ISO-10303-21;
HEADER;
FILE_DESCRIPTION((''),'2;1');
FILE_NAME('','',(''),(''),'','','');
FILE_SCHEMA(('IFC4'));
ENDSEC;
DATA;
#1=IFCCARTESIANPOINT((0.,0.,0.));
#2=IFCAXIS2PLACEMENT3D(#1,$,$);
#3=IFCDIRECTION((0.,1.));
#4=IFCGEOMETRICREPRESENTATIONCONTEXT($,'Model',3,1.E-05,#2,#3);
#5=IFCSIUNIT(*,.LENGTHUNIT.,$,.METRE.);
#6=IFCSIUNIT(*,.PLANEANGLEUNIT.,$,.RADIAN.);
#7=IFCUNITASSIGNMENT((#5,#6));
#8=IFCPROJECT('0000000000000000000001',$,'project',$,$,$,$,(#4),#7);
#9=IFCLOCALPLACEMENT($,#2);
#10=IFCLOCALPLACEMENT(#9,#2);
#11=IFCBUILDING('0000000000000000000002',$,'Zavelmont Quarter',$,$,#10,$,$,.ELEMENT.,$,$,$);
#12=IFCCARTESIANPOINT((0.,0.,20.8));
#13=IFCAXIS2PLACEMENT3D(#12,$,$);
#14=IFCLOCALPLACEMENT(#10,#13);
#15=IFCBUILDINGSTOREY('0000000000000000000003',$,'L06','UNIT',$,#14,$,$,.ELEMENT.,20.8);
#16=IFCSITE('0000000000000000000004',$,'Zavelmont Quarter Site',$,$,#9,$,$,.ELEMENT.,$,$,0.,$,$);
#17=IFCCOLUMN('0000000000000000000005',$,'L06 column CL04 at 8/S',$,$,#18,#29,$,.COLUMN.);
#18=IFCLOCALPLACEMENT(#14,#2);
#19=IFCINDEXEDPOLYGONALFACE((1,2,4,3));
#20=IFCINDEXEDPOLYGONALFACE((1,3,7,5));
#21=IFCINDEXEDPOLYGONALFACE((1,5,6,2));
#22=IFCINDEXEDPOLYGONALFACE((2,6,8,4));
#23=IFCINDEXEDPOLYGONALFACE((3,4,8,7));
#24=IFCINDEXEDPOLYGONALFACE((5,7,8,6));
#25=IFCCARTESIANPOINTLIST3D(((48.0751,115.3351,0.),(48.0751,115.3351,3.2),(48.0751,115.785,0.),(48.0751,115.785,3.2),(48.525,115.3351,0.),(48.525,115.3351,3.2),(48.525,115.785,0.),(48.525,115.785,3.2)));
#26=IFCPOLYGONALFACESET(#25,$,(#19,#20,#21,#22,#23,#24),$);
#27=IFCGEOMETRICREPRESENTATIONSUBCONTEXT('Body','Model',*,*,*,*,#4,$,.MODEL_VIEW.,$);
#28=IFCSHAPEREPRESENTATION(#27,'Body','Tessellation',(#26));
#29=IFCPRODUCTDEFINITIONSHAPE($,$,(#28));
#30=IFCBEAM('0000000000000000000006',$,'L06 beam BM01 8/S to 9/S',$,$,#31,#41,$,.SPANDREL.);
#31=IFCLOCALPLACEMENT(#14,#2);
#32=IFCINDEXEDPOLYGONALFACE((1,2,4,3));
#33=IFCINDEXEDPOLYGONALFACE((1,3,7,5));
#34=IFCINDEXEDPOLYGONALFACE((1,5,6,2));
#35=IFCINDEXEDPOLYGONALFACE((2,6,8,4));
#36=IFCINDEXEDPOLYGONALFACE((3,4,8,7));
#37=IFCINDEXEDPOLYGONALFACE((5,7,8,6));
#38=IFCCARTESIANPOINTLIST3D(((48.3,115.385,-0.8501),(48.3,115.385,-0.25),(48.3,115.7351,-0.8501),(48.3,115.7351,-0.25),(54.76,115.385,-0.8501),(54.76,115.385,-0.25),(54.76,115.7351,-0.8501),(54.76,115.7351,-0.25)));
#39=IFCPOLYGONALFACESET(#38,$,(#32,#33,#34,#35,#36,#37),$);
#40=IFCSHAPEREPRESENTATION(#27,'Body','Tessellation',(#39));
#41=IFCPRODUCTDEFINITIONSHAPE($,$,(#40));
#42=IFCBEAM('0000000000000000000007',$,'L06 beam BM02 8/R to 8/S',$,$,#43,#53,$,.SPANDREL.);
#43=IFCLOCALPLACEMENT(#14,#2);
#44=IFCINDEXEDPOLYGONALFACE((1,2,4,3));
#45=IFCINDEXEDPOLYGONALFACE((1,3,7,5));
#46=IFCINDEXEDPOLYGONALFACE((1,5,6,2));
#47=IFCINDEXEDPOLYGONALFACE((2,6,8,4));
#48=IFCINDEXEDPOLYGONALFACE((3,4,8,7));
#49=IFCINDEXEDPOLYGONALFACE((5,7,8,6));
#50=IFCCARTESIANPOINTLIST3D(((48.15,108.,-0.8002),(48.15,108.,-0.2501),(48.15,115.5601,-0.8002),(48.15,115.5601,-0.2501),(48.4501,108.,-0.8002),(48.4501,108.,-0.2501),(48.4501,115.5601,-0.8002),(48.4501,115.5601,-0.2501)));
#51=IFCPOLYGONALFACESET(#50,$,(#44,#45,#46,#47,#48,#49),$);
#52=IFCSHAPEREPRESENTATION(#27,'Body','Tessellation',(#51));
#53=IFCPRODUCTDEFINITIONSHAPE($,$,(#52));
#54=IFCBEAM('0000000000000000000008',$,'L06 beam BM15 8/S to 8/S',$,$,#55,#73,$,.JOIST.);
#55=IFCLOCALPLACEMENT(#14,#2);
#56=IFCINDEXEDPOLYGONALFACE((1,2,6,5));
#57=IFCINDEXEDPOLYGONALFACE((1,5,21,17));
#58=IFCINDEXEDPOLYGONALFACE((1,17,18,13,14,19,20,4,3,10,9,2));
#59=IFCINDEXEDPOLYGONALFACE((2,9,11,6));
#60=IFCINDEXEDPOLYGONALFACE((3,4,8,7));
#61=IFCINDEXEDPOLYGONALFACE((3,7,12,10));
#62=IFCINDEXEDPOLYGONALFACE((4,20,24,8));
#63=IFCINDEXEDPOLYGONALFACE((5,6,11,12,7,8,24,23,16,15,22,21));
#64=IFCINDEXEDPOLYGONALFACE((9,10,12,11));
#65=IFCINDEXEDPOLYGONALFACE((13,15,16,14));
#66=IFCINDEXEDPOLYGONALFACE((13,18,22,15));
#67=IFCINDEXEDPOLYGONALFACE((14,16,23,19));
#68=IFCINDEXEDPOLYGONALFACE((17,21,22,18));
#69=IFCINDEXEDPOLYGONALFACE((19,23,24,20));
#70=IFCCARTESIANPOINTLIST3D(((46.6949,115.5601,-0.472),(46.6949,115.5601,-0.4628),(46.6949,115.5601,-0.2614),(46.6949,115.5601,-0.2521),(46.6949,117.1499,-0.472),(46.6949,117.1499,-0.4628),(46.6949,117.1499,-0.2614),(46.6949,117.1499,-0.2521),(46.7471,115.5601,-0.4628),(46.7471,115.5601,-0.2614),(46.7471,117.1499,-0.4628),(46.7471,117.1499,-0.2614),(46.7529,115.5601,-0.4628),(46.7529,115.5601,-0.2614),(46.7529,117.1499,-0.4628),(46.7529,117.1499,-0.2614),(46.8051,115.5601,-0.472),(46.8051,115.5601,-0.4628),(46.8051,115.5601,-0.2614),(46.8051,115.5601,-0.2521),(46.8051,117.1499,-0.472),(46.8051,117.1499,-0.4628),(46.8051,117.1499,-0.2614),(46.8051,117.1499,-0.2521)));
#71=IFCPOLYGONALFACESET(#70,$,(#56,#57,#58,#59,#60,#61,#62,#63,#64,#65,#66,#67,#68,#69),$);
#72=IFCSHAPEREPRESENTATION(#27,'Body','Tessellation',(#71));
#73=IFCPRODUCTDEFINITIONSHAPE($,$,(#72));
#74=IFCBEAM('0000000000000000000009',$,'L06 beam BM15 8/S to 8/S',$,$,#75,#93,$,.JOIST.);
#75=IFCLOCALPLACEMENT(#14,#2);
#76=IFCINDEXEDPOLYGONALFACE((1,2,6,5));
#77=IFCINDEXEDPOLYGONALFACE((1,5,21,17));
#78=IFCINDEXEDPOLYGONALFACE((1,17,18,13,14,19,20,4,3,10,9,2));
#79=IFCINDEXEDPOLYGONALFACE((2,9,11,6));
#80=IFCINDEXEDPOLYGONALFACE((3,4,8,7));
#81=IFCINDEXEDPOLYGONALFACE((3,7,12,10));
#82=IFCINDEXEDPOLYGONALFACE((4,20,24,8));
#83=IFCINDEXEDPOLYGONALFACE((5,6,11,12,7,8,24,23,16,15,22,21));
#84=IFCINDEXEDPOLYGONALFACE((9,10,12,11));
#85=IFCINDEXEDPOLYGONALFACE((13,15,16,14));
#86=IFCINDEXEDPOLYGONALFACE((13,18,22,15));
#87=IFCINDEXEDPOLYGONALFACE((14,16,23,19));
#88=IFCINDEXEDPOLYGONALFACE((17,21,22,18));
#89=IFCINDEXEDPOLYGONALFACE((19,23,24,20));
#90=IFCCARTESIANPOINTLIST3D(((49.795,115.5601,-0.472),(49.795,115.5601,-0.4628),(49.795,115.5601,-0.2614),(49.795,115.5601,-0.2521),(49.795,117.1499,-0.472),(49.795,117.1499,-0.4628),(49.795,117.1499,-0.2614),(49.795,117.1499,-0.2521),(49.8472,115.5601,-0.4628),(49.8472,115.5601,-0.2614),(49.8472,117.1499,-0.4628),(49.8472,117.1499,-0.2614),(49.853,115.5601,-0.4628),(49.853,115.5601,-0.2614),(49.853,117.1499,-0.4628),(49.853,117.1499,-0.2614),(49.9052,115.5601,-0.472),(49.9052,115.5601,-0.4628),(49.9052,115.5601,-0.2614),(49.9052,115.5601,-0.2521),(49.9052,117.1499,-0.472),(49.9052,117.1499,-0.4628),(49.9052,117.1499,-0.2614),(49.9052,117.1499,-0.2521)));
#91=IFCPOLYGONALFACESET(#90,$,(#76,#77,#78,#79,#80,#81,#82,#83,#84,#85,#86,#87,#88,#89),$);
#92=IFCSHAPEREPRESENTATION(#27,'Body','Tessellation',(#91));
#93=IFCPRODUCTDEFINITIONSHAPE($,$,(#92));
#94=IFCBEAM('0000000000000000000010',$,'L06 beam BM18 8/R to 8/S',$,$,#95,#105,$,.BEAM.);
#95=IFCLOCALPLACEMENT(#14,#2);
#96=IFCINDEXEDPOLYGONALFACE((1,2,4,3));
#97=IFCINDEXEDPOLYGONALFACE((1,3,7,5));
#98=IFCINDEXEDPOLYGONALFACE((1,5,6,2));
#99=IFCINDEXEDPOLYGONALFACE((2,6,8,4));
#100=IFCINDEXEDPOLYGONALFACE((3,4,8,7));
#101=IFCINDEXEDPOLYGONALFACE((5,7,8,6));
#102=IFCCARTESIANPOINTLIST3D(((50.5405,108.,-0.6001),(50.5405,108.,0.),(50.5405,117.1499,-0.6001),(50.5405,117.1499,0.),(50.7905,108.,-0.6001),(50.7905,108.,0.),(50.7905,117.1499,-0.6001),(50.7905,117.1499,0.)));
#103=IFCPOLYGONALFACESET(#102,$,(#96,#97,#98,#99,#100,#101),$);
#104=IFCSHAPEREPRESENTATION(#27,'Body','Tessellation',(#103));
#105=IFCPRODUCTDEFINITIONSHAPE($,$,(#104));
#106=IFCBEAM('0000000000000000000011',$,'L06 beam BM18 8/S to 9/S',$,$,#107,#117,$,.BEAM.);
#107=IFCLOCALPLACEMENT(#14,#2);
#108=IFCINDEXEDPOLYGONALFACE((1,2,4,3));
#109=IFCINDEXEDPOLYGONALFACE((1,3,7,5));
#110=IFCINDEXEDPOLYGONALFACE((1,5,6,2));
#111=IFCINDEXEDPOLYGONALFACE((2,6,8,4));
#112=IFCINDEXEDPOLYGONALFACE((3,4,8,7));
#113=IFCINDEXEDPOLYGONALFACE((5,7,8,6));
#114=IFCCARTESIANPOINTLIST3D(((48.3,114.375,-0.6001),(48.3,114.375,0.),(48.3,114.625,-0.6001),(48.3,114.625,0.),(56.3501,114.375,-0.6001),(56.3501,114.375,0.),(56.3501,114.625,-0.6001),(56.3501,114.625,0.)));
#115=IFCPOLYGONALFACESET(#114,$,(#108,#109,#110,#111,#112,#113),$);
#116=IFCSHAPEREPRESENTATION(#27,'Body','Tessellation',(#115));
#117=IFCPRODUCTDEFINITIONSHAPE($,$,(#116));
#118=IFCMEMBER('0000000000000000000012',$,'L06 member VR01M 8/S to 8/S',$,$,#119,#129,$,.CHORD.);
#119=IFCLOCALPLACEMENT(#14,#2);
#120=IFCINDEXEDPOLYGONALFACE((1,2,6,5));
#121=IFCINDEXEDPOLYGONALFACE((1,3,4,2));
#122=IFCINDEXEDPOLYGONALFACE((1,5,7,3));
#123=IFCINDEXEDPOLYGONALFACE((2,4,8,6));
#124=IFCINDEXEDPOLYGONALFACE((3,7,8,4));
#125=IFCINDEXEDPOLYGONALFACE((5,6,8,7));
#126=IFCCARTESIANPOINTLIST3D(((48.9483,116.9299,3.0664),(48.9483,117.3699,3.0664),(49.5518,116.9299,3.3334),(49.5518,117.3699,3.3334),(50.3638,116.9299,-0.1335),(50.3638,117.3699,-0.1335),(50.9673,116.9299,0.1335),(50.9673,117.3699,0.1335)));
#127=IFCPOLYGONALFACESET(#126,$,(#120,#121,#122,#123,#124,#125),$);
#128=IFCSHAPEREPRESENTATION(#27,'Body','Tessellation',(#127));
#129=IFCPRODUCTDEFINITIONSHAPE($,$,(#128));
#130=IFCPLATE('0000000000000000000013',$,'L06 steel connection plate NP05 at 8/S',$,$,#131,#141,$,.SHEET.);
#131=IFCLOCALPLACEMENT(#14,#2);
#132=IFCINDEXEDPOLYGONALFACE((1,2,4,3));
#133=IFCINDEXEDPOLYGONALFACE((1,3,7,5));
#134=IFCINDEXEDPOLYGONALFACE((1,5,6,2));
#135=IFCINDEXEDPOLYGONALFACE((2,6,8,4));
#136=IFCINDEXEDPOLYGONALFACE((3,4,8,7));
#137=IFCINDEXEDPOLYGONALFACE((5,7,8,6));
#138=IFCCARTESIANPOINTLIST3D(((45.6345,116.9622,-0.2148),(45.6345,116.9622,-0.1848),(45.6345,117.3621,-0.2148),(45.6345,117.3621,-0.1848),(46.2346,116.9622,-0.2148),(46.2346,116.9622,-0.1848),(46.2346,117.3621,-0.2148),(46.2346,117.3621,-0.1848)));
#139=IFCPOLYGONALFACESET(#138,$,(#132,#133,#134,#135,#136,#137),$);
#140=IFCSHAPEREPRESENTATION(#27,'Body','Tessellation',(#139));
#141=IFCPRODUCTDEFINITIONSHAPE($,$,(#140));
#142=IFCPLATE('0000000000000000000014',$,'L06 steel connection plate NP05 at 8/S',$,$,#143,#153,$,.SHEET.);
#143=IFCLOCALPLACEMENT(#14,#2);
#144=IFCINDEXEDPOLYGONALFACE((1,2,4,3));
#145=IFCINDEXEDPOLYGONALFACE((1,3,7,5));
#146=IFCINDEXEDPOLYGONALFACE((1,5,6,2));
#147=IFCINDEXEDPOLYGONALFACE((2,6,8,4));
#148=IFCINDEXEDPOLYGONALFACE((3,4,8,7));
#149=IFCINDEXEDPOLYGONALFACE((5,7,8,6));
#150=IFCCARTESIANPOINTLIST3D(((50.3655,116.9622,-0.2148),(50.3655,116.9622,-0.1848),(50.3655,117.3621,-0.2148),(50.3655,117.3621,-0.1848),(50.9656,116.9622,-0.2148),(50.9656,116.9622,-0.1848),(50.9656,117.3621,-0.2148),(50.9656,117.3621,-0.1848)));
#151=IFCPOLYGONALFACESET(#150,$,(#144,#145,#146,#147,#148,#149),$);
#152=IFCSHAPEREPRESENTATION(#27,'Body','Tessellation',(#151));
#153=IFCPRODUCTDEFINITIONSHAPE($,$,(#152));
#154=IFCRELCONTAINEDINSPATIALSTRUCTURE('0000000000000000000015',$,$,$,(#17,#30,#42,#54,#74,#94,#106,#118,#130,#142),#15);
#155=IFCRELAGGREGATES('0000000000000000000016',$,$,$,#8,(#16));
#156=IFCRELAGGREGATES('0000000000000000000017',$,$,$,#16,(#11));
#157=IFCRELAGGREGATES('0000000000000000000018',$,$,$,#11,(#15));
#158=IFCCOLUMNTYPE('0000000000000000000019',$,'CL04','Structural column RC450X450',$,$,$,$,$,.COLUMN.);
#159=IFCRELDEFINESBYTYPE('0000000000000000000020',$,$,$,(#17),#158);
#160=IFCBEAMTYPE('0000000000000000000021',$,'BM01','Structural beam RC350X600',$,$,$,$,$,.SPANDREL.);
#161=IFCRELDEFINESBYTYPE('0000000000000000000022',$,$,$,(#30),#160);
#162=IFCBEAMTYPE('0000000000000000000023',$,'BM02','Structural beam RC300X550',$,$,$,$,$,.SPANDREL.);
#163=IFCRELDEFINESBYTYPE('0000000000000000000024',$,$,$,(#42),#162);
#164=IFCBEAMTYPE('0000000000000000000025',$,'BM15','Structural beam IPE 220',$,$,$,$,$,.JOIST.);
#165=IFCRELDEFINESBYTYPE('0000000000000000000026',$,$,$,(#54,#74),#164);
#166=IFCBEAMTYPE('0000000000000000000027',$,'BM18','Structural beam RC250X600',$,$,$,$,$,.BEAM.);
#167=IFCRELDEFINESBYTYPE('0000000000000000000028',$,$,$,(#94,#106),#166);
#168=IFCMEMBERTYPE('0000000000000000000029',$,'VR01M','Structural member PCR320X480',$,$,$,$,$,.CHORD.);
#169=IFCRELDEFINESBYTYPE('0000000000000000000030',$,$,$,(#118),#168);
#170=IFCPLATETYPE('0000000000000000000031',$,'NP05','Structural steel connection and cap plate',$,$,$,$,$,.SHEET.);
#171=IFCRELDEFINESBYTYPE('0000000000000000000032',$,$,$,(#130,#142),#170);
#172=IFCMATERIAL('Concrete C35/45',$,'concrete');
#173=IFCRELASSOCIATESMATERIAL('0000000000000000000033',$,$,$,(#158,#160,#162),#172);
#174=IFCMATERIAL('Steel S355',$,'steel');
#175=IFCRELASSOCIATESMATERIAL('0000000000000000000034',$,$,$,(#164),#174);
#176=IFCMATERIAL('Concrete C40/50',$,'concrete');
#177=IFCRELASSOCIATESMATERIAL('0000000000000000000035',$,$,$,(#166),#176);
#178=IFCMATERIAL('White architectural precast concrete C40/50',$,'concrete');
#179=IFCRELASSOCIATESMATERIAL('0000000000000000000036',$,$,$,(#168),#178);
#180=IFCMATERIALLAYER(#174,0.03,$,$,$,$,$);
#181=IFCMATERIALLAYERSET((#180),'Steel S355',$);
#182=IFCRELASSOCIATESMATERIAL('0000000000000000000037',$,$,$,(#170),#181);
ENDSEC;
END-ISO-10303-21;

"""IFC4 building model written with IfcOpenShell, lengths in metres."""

from ifc_helpers import new_model, si_unit, direction, frame, origin, origin_2d, place, context, subcontext, project, spatial, rectangle, i_section, extrude, material, layer, layer_set, material_profile, profile_set, type_object, element, save


model = new_model("IFC4")

# Units and contexts
model_context = context("Model", 3, precision=1e-05, world=origin(), true_north=direction((0.0, 1.0)))
body_context = subcontext(model_context, "Body", "Model", "MODEL_VIEW")
ifc_project = project(units=[si_unit("LENGTHUNIT", "METRE"), si_unit("PLANEANGLEUNIT", "RADIAN")], contexts=[model_context])

# Site, building, storey
site_placement = place(None, origin())
site = spatial("IfcSite", under=ifc_project, at=site_placement, Name="Zavelmont Quarter Site", CompositionType="ELEMENT", RefElevation=0.0)
building_placement = place(site_placement, origin())
building = spatial("IfcBuilding", under=site, at=building_placement, Name="Zavelmont Quarter", CompositionType="ELEMENT")
storey_placement = place(building_placement, frame((0.0, 0.0, 20.8)))
storey = spatial("IfcBuildingStorey", under=building, at=storey_placement, Name="L06", Description="UNIT", CompositionType="ELEMENT", Elevation=20.8)

# Column
ifc_material_1 = material(Name="Concrete C35/45", Category="concrete")
ifc_material_profile_1 = material_profile(ifc_material_1, rectangle(XDim=0.45, YDim=0.45, at=origin_2d()), Name="RC450X450")
ifc_profile_set_1 = profile_set([ifc_material_profile_1], Name="Concrete C35/45")
column_type = type_object("IfcColumnType", Name="CL04", Description="Structural column RC450X450", PredefinedType="COLUMN", material=ifc_profile_set_1)
column_placement = place(storey_placement, frame((48.3, 115.5601, 0.0), z_axis=(0.0, 0.0, 1.0), x_axis=(1.0, 0.0, 0.0)))
element("IfcColumn", 1, at=column_placement, inside=storey, type_object=column_type, Name="L06 column CL04 at 8/S", PredefinedType="COLUMN", context=body_context, shape_type="SweptSolid", body=[
    extrude(rectangle(XDim=0.45, YDim=0.45, at=origin_2d()), origin(), (0.0, 0.0, 1.0), 3.2),
])

# Beams
ifc_material_profile_2 = material_profile(ifc_material_1, rectangle(XDim=0.3501, YDim=0.6001, at=origin_2d()), Name="RC350X600")
ifc_profile_set_2 = profile_set([ifc_material_profile_2], Name="Concrete C35/45")
beam_type_1 = type_object("IfcBeamType", Name="BM01", Description="Structural beam RC350X600", PredefinedType="SPANDREL", material=ifc_profile_set_2)
beam_1_placement = place(storey_placement, frame((48.3, 115.5601, -0.55), z_axis=(1.0, 0.0, 0.0), x_axis=(0.0, 1.0, 0.0)))
element("IfcBeam", 2, at=beam_1_placement, inside=storey, type_object=beam_type_1, Name="L06 beam BM01 8/S to 9/S", PredefinedType="SPANDREL", context=body_context, shape_type="SweptSolid", body=[
    extrude(rectangle(XDim=0.3501, YDim=0.6001, at=origin_2d()), origin(), (0.0, 0.0, 1.0), 6.46),
])
ifc_material_profile_3 = material_profile(ifc_material_1, rectangle(XDim=0.3, YDim=0.55, at=origin_2d()), Name="RC300X550")
ifc_profile_set_3 = profile_set([ifc_material_profile_3], Name="Concrete C35/45")
beam_type_2 = type_object("IfcBeamType", Name="BM02", Description="Structural beam RC300X550", PredefinedType="SPANDREL", material=ifc_profile_set_3)
beam_2_placement = place(storey_placement, frame((48.3, 108.0, -0.5251), z_axis=(0.0, 1.0, 0.0), x_axis=(-1.0, 0.0, 0.0)))
element("IfcBeam", 3, at=beam_2_placement, inside=storey, type_object=beam_type_2, Name="L06 beam BM02 8/R to 8/S", PredefinedType="SPANDREL", context=body_context, shape_type="SweptSolid", body=[
    extrude(rectangle(XDim=0.3, YDim=0.55, at=origin_2d()), origin(), (0.0, 0.0, 1.0), 7.5601),
])
ifc_material_2 = material(Name="Steel S355", Category="steel")
ifc_material_profile_4 = material_profile(ifc_material_2, i_section(OverallWidth=0.1101, OverallDepth=0.22, WebThickness=0.0059, FlangeThickness=0.0093, at=origin_2d()), Name="IPE 220")
ifc_profile_set_4 = profile_set([ifc_material_profile_4], Name="Steel S355")
beam_type_3 = type_object("IfcBeamType", Name="BM15", Description="Structural beam IPE 220", PredefinedType="JOIST", material=ifc_profile_set_4)
for number, where, z_axis, x_axis, name in (
    (4, (46.75, 115.5601, -0.3621), (0.0, 1.0, 0.0), (-1.0, 0.0, 0.0), "L06 beam BM15 8/S to 8/S"),
    (5, (49.8501, 115.5601, -0.3621), (0.0, 1.0, 0.0), (-1.0, 0.0, 0.0), "L06 beam BM15 8/S to 8/S"),
):
    element("IfcBeam", number, at=place(storey_placement, frame(where, z_axis=z_axis, x_axis=x_axis)), inside=storey, type_object=beam_type_3, Name=name, PredefinedType="JOIST", context=body_context, shape_type="SweptSolid", body=[
        extrude(i_section(OverallWidth=0.1101, OverallDepth=0.22, WebThickness=0.0059, FlangeThickness=0.0093, at=origin_2d()), origin(), (0.0, 0.0, 1.0), 1.5898),
    ])
ifc_material_3 = material(Name="Concrete C40/50", Category="concrete")
ifc_material_profile_5 = material_profile(ifc_material_3, rectangle(XDim=0.25, YDim=0.6001, at=origin_2d()), Name="RC250X600")
ifc_profile_set_5 = profile_set([ifc_material_profile_5], Name="Concrete C40/50")
beam_type_4 = type_object("IfcBeamType", Name="BM18", Description="Structural beam RC250X600", PredefinedType="BEAM", material=ifc_profile_set_5)
beam_3_placement = place(storey_placement, frame((50.6655, 108.0, -0.3), z_axis=(0.0, 1.0, 0.0), x_axis=(-1.0, 0.0, 0.0)))
element("IfcBeam", 6, at=beam_3_placement, inside=storey, type_object=beam_type_4, Name="L06 beam BM18 8/R to 8/S", PredefinedType="BEAM", context=body_context, shape_type="SweptSolid", body=[
    extrude(rectangle(XDim=0.25, YDim=0.6001, at=origin_2d()), origin(), (0.0, 0.0, 1.0), 9.1499),
])
beam_4_placement = place(storey_placement, frame((48.3, 114.5, -0.3), z_axis=(1.0, 0.0, 0.0), x_axis=(0.0, 1.0, 0.0)))
element("IfcBeam", 7, at=beam_4_placement, inside=storey, type_object=beam_type_4, Name="L06 beam BM18 8/S to 9/S", PredefinedType="BEAM", context=body_context, shape_type="SweptSolid", body=[
    extrude(rectangle(XDim=0.25, YDim=0.6001, at=origin_2d()), origin(), (0.0, 0.0, 1.0), 8.05),
])

# Member
ifc_material_4 = material(Name="White architectural precast concrete C40/50", Category="concrete")
ifc_material_profile_6 = material_profile(ifc_material_4, rectangle(XDim=0.4399, YDim=0.6599, at=origin_2d()), Name="PCR320X480")
ifc_profile_set_6 = profile_set([ifc_material_profile_6], Name="White architectural precast concrete C40/50")
member_type = type_object("IfcMemberType", Name="VR01M", Description="Structural member PCR320X480", PredefinedType="CHORD", material=ifc_profile_set_6)
member_placement = place(storey_placement, frame((50.6655, 117.1499, 0.0), z_axis=(-0.404545, 0.0, 0.914518), x_axis=(0.0, -1.0, 0.0)))
element("IfcMember", 8, at=member_placement, inside=storey, type_object=member_type, Name="L06 member VR01M 8/S to 8/S", PredefinedType="CHORD", context=body_context, shape_type="SweptSolid", body=[
    extrude(rectangle(XDim=0.4399, YDim=0.6599, at=origin_2d()), origin(), (0.0, 0.0, 1.0), 3.499),
])

# Plates
ifc_layer_1 = layer(ifc_material_2, 0.03)
ifc_layer_set_1 = layer_set([ifc_layer_1], Name="Steel S355")
plate_type = type_object("IfcPlateType", Name="NP05", Description="Structural steel connection and cap plate", PredefinedType="SHEET", material=ifc_layer_set_1)
for number, where, z_axis, x_axis, name in (
    (9, (45.9346, 117.1621, -0.2148), (0.0, 0.0, 1.0), (1.0, 0.0, 0.0), "L06 steel connection plate NP05 at 8/S"),
    (10, (50.6655, 117.1621, -0.2148), (0.0, 0.0, 1.0), (1.0, 0.0, 0.0), "L06 steel connection plate NP05 at 8/S"),
):
    element("IfcPlate", number, at=place(storey_placement, frame(where, z_axis=z_axis, x_axis=x_axis)), inside=storey, type_object=plate_type, Name=name, PredefinedType="SHEET", context=body_context, shape_type="SweptSolid", body=[
        extrude(rectangle(XDim=0.6001, YDim=0.3999, at=origin_2d()), origin(), (0.0, 0.0, 1.0), 0.03),
    ])

save(model, "model.ifc")
